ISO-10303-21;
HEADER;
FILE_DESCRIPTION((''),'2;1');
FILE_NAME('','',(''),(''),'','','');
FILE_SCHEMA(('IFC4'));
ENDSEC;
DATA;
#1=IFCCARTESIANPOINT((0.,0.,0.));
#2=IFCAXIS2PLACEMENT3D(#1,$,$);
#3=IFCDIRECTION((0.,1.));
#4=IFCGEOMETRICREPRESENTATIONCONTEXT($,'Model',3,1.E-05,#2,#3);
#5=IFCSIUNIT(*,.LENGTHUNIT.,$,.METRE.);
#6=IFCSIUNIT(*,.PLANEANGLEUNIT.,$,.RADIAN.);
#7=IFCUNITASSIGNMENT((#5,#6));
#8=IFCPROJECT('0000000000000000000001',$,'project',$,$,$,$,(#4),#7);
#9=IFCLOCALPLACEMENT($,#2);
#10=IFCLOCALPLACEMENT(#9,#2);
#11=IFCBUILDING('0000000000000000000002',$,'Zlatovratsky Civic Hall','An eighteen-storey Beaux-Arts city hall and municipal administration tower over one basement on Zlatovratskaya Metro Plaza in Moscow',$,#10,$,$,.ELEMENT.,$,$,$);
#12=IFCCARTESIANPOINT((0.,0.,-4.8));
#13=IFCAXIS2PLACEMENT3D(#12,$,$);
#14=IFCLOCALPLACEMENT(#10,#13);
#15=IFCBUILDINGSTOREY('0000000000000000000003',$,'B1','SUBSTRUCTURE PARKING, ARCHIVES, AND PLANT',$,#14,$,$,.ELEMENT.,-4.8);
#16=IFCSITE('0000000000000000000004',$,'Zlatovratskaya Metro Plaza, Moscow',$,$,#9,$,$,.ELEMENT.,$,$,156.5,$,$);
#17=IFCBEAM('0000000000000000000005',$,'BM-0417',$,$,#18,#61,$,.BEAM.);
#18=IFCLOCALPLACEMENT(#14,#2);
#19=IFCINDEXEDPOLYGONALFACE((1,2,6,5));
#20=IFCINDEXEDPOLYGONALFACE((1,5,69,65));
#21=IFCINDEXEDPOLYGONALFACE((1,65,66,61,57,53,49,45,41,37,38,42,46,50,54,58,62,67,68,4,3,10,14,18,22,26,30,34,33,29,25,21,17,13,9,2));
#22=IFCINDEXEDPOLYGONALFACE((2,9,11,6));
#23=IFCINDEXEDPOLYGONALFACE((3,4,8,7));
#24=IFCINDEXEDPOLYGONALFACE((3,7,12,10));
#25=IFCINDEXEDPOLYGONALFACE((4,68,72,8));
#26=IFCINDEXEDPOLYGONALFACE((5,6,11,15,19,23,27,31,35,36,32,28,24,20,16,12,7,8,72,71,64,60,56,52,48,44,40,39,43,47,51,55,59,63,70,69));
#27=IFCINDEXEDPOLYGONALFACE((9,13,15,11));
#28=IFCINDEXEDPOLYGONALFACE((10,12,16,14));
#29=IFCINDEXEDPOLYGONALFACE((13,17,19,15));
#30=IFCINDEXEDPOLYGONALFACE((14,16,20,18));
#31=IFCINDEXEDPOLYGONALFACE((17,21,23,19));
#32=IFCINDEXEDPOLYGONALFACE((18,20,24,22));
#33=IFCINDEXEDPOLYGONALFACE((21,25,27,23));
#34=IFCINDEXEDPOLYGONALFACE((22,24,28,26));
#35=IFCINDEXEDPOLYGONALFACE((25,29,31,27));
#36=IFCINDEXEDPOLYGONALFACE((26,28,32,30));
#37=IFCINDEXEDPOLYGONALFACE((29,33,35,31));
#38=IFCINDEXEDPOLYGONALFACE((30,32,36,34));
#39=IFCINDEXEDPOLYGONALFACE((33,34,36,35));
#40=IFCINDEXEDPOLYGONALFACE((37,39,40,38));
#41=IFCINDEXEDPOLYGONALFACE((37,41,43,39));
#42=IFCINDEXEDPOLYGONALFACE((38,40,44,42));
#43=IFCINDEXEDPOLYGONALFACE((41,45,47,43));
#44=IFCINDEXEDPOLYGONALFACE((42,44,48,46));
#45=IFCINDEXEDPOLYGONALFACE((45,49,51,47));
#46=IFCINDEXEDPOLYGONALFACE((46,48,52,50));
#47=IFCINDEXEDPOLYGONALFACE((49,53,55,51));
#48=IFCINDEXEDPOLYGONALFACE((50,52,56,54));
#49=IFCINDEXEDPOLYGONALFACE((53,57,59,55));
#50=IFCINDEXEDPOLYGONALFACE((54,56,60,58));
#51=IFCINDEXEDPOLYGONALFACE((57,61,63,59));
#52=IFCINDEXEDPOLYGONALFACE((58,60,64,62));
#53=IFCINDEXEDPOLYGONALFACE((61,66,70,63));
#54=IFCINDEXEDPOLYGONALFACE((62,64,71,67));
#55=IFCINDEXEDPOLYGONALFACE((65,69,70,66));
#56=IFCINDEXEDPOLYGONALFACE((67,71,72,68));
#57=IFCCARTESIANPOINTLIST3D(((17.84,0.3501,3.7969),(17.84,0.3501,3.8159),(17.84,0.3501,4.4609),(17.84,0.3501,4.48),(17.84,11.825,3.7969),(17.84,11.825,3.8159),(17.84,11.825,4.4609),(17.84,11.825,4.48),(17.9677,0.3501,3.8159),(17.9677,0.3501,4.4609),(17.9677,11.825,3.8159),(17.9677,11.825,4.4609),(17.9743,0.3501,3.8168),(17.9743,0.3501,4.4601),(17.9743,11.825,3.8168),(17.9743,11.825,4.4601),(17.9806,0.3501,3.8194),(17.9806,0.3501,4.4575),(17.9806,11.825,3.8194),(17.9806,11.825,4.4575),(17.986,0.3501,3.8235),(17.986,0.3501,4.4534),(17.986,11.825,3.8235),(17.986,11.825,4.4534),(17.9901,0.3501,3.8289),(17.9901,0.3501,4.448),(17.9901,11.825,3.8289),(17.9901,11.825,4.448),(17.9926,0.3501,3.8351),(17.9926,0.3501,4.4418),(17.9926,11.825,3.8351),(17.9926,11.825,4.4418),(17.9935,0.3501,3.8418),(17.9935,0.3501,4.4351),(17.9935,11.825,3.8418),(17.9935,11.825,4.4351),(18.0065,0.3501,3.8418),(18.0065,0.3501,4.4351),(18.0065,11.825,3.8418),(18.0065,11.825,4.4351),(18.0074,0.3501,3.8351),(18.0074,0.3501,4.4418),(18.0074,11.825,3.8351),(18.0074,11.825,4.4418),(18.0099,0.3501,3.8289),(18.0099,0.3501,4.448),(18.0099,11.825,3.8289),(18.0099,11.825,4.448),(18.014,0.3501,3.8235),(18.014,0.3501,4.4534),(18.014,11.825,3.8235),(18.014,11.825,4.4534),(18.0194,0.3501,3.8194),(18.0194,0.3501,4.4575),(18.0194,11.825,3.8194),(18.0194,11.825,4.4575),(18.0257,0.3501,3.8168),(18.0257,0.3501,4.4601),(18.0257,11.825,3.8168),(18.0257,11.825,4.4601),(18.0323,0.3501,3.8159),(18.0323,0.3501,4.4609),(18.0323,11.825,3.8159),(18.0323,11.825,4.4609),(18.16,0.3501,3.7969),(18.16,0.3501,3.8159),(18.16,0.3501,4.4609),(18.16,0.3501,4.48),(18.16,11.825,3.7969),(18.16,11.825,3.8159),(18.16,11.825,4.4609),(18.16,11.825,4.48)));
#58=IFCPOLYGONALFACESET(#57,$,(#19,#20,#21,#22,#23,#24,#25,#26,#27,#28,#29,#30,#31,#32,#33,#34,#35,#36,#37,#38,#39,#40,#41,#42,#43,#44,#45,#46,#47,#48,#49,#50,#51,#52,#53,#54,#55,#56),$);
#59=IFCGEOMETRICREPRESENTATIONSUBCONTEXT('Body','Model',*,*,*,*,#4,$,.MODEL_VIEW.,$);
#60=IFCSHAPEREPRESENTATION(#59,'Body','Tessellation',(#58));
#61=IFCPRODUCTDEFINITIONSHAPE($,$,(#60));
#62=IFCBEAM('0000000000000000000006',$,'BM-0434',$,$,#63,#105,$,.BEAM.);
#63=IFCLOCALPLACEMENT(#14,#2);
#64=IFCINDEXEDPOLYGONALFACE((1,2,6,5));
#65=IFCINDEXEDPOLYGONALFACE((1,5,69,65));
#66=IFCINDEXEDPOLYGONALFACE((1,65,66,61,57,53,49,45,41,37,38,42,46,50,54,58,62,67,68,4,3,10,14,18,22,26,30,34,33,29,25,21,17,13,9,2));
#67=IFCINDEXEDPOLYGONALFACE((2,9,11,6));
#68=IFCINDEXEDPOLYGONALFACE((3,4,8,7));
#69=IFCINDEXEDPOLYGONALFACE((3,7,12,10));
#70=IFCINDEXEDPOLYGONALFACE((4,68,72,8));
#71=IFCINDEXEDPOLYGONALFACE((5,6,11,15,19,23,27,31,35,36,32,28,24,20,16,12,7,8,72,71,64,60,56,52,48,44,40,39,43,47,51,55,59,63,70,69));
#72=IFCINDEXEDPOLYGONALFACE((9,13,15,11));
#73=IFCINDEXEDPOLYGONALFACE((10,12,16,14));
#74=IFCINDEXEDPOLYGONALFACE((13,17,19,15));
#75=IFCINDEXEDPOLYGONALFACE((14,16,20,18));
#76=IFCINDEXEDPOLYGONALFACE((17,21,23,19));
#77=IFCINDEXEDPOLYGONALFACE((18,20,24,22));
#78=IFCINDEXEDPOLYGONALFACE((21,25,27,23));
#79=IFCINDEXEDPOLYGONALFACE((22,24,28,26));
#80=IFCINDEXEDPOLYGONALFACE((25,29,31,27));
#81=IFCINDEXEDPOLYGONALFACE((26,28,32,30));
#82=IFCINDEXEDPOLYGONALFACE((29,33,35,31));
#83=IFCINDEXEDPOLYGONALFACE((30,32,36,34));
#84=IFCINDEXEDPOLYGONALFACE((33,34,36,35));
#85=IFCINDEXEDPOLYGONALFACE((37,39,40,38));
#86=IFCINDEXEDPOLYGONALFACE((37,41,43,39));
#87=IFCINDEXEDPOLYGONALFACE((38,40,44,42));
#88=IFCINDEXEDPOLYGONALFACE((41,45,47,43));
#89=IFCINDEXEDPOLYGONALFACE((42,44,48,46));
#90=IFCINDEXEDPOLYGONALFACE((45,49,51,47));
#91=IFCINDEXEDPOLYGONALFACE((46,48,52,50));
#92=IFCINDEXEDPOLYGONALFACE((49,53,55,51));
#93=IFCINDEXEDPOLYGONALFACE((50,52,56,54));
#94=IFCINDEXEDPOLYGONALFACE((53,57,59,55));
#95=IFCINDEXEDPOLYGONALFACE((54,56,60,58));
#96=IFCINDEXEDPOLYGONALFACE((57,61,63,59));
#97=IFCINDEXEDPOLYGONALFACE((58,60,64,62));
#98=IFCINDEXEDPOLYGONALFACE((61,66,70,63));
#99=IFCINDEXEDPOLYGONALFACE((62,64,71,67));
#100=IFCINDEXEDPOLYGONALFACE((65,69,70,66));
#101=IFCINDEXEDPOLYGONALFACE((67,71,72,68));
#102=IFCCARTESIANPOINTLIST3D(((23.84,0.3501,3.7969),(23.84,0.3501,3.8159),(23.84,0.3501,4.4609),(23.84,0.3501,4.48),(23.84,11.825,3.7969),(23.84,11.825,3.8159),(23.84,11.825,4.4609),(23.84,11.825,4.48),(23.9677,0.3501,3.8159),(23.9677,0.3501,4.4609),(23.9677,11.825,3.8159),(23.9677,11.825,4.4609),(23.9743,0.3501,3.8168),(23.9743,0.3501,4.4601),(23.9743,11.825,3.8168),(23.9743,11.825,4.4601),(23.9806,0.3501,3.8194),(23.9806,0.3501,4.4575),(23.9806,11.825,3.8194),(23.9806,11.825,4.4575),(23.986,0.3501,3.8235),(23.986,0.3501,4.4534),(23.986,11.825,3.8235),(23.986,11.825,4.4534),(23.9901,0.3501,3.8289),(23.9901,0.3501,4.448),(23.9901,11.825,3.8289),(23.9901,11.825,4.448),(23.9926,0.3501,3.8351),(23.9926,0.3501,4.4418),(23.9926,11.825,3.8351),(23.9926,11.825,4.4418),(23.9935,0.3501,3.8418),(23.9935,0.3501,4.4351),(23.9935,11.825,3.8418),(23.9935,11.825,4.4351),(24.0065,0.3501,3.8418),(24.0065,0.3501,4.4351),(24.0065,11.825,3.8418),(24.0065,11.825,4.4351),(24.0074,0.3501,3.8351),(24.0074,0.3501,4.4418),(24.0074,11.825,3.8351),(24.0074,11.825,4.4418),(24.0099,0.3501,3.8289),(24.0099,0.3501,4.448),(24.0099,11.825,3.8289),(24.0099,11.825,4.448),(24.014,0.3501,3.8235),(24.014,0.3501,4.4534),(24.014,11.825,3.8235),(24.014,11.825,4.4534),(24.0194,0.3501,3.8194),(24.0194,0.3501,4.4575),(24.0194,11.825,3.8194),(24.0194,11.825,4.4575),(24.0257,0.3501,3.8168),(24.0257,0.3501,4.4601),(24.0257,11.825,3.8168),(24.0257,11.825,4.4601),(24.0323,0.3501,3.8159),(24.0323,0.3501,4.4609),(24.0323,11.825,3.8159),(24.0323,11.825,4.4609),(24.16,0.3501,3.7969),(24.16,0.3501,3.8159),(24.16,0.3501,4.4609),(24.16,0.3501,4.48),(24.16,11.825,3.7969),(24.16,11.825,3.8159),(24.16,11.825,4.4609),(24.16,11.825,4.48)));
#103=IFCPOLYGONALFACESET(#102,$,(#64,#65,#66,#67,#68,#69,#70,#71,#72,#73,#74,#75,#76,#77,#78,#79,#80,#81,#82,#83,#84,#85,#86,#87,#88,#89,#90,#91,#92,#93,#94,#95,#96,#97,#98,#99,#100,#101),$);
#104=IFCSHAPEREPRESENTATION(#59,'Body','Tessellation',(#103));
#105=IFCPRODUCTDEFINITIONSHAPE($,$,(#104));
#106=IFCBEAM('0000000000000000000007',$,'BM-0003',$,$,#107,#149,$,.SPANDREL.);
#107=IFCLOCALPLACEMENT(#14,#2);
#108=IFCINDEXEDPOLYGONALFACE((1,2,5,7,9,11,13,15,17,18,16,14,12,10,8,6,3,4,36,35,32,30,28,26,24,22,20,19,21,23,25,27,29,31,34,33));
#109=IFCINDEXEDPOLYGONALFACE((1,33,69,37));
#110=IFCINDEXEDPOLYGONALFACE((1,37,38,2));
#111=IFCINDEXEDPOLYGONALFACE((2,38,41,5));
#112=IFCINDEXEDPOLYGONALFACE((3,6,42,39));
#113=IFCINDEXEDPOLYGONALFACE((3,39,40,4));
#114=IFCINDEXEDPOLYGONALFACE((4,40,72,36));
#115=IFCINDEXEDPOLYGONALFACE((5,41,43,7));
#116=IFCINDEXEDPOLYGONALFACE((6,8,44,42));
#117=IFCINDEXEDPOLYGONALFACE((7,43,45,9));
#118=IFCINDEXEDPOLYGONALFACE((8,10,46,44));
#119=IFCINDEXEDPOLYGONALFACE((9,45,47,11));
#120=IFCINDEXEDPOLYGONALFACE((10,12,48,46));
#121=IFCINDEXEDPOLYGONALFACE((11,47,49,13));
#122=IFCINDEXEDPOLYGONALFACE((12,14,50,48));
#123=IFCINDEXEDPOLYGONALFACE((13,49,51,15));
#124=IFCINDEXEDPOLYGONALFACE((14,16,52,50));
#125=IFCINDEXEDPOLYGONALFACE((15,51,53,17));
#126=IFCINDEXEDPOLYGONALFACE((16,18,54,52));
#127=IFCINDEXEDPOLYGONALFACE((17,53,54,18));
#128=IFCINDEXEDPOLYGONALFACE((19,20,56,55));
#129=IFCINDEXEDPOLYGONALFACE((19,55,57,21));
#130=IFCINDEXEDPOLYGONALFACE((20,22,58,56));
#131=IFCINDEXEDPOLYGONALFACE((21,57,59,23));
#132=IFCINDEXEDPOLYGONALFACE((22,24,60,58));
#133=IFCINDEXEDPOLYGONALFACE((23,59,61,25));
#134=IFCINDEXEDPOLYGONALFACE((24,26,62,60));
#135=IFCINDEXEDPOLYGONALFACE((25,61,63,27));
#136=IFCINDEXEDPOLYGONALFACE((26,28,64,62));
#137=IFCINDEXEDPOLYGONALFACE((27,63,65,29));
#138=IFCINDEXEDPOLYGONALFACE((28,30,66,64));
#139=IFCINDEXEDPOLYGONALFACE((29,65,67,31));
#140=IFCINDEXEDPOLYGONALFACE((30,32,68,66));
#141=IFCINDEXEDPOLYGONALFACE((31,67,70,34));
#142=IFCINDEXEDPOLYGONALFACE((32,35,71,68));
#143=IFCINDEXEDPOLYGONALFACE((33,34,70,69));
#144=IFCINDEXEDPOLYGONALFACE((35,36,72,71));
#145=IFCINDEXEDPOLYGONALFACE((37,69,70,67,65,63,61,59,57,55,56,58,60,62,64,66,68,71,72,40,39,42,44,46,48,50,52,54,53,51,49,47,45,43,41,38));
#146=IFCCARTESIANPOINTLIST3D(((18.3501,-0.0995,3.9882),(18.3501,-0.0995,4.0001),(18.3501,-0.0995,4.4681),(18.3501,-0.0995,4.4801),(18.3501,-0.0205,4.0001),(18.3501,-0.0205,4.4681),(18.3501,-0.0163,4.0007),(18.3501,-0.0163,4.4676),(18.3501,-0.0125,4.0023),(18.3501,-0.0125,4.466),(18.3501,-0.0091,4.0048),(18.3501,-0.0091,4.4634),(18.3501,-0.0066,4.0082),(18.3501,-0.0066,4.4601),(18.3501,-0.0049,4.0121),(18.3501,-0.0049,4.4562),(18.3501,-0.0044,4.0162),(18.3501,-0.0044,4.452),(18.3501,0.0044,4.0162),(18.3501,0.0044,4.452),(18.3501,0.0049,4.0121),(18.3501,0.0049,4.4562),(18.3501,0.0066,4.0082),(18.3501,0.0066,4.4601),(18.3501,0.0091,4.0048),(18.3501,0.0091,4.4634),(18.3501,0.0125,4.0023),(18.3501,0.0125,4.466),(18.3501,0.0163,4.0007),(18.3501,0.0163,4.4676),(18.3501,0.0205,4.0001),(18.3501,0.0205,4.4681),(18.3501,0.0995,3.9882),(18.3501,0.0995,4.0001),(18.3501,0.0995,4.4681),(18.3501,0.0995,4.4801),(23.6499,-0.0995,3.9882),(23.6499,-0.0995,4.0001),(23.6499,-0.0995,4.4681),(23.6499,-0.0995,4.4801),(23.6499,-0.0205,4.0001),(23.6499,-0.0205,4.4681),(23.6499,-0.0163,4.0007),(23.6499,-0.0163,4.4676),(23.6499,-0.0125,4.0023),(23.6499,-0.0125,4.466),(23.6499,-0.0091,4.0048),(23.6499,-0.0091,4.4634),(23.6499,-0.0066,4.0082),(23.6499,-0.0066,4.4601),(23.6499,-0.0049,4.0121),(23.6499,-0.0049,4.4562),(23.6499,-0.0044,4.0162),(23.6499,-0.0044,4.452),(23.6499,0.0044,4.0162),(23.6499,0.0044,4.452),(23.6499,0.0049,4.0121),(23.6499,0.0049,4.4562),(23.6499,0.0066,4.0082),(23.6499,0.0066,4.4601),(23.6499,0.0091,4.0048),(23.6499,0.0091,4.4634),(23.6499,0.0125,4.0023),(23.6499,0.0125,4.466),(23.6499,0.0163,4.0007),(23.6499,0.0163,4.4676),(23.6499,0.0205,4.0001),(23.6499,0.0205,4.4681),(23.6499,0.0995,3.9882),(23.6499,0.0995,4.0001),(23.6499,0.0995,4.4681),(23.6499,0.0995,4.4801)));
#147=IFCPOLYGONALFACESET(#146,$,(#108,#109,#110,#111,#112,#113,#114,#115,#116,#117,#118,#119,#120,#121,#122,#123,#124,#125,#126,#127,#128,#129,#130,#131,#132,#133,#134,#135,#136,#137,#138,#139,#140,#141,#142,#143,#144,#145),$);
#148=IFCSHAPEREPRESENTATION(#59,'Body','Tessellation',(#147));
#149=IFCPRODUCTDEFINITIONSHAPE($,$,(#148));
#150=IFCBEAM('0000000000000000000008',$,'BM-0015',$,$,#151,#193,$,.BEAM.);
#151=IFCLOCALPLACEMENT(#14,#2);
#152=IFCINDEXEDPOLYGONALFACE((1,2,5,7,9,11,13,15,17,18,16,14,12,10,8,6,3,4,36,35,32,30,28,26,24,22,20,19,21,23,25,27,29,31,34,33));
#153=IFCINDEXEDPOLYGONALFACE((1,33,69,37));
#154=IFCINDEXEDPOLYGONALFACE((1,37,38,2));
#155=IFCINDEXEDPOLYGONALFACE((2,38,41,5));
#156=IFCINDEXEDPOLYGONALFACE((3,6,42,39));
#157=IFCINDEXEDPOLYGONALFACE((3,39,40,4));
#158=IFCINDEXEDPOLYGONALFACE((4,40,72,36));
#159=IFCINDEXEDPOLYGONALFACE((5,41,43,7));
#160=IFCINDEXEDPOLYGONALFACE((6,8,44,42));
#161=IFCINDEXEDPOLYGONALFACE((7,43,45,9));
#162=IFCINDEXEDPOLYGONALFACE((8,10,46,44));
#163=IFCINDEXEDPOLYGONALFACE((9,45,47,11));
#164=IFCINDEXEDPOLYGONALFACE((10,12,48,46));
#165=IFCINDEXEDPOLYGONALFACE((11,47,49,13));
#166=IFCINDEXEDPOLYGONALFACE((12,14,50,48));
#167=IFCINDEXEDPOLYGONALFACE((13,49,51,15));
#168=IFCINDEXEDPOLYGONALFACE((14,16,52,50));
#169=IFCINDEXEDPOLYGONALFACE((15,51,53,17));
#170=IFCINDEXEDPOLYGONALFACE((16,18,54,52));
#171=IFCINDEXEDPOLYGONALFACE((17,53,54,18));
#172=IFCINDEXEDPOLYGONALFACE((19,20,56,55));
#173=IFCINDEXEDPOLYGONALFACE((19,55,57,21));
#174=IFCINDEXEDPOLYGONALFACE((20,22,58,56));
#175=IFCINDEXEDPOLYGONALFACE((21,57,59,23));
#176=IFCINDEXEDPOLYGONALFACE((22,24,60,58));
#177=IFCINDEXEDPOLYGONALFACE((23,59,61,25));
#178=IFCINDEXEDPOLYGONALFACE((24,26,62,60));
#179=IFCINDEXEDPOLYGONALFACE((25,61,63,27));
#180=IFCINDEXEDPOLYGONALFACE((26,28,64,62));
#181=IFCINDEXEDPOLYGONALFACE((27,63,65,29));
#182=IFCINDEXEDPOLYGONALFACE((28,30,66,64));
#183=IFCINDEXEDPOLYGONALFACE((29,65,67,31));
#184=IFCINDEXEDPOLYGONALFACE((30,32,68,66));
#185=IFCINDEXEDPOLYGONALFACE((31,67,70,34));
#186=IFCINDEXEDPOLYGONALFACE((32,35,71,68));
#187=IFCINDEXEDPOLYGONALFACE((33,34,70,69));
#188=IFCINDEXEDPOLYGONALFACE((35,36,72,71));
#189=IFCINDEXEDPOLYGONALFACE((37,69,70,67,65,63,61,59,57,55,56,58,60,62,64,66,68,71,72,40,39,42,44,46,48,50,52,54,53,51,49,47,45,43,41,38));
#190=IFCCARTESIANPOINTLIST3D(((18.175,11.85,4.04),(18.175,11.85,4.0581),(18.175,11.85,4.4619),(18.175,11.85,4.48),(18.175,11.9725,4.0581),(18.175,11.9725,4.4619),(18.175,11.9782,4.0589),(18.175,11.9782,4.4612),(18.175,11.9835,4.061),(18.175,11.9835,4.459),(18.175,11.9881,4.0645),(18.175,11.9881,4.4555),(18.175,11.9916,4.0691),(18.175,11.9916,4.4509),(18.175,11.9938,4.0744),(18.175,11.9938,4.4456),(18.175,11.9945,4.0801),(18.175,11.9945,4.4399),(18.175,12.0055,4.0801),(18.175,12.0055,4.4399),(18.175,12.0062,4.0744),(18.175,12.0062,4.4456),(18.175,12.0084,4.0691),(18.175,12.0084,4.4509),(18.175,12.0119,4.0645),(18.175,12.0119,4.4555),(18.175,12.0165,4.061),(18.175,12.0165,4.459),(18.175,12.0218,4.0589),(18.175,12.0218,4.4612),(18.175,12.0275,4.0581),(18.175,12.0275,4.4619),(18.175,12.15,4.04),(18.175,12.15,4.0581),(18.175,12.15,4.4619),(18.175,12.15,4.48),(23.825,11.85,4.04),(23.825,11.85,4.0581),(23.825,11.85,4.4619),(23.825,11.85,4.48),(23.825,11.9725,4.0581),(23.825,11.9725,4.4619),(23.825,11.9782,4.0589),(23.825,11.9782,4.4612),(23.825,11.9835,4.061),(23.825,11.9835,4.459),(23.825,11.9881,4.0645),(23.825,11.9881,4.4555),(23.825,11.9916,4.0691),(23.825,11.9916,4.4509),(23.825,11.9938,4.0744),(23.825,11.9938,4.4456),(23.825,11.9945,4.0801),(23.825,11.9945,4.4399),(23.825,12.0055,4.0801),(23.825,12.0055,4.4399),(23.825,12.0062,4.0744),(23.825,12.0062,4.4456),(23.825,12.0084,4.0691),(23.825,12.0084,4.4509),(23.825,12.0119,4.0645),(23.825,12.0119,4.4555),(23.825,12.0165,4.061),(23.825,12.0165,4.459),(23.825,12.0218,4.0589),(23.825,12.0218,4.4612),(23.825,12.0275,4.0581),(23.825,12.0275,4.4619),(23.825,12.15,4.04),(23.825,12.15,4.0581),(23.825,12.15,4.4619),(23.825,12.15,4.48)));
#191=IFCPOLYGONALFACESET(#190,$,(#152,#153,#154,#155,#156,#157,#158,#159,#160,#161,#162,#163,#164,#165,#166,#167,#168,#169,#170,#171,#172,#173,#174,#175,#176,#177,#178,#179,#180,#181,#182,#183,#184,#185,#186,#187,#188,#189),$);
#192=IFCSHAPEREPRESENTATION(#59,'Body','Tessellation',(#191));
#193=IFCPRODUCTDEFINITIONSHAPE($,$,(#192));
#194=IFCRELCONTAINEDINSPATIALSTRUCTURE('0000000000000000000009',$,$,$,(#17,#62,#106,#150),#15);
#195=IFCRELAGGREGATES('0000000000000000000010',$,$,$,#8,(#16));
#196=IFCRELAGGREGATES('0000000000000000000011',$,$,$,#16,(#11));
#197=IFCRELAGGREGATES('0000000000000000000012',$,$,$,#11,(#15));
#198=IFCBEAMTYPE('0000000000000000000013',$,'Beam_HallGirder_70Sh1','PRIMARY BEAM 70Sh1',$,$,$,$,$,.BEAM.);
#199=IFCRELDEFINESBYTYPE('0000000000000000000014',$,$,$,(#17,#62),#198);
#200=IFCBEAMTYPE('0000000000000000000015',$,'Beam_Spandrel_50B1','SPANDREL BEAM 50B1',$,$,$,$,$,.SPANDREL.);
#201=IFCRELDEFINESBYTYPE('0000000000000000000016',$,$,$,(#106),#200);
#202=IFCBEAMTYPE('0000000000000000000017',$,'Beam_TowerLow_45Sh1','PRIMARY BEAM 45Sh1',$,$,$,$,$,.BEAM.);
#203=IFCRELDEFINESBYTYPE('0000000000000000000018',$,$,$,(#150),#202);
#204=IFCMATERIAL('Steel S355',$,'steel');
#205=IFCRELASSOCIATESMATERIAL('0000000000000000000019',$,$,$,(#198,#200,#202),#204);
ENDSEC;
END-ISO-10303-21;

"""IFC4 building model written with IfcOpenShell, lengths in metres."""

from ifc_helpers import new_model, si_unit, direction, frame, origin, origin_2d, place, context, subcontext, project, spatial, i_section, extrude, material, material_profile, profile_set, type_object, element, save


model = new_model("IFC4")

# Units and contexts
model_context = context("Model", 3, precision=1e-05, world=origin(), true_north=direction((0.0, 1.0)))
body_context = subcontext(model_context, "Body", "Model", "MODEL_VIEW")
ifc_project = project(units=[si_unit("LENGTHUNIT", "METRE"), si_unit("PLANEANGLEUNIT", "RADIAN")], contexts=[model_context])

# Site, building, storey
site_placement = place(None, origin())
site = spatial("IfcSite", under=ifc_project, at=site_placement, Name="Zlatovratskaya Metro Plaza, Moscow", CompositionType="ELEMENT", RefElevation=156.5)
building_placement = place(site_placement, origin())
building = spatial("IfcBuilding", under=site, at=building_placement, Name="Zlatovratsky Civic Hall", Description="An eighteen-storey Beaux-Arts city hall and municipal administration tower over one basement on Zlatovratskaya Metro Plaza in Moscow", CompositionType="ELEMENT")
storey_placement = place(building_placement, frame((0.0, 0.0, -4.8)))
storey = spatial("IfcBuildingStorey", under=building, at=storey_placement, Name="B1", Description="SUBSTRUCTURE PARKING, ARCHIVES, AND PLANT", CompositionType="ELEMENT", Elevation=-4.8)

# Shared definitions
ifc_material_1 = material(Name="Steel S355", Category="steel")

# Beams
ifc_material_profile_1 = material_profile(ifc_material_1, i_section(OverallWidth=0.3201, OverallDepth=0.6831, WebThickness=0.0129, FlangeThickness=0.019, FilletRadius=0.0259, at=origin_2d()), Name="70Sh1")
ifc_profile_set_1 = profile_set([ifc_material_profile_1], Name="Steel S355")
beam_type_1 = type_object("IfcBeamType", Name="Beam_HallGirder_70Sh1", Description="PRIMARY BEAM 70Sh1", PredefinedType="BEAM", material=ifc_profile_set_1)
for number, where, z_axis, x_axis, name in (
    (1, (18.0, 0.3501, 4.1384), (0.0, 1.0, 0.0), (-1.0, 0.0, 0.0), "BM-0417"),
    (2, (24.0, 0.3501, 4.1384), (0.0, 1.0, 0.0), (-1.0, 0.0, 0.0), "BM-0434"),
):
    element("IfcBeam", number, at=place(storey_placement, frame(where, z_axis=z_axis, x_axis=x_axis)), inside=storey, type_object=beam_type_1, Name=name, PredefinedType="BEAM", context=body_context, shape_type="SweptSolid", body=[
        extrude(i_section(OverallWidth=0.3201, OverallDepth=0.6831, WebThickness=0.0129, FlangeThickness=0.019, FilletRadius=0.0259, at=origin_2d()), origin(), (0.0, 0.0, 1.0), 11.4749),
    ])
ifc_material_profile_2 = material_profile(ifc_material_1, i_section(OverallWidth=0.199, OverallDepth=0.4919, WebThickness=0.0088, FlangeThickness=0.012, FilletRadius=0.0161, at=origin_2d()), Name="50B1")
ifc_profile_set_2 = profile_set([ifc_material_profile_2], Name="Steel S355")
beam_type_2 = type_object("IfcBeamType", Name="Beam_Spandrel_50B1", Description="SPANDREL BEAM 50B1", PredefinedType="SPANDREL", material=ifc_profile_set_2)
beam_1_placement = place(storey_placement, frame((18.3501, 0.0, 4.2341), z_axis=(1.0, 0.0, 0.0), x_axis=(0.0, 1.0, 0.0)))
element("IfcBeam", 3, at=beam_1_placement, inside=storey, type_object=beam_type_2, Name="BM-0003", PredefinedType="SPANDREL", context=body_context, shape_type="SweptSolid", body=[
    extrude(i_section(OverallWidth=0.199, OverallDepth=0.4919, WebThickness=0.0088, FlangeThickness=0.012, FilletRadius=0.0161, at=origin_2d()), origin(), (0.0, 0.0, 1.0), 5.2998),
])
ifc_material_profile_3 = material_profile(ifc_material_1, i_section(OverallWidth=0.3, OverallDepth=0.4399, WebThickness=0.011, FlangeThickness=0.0181, FilletRadius=0.022, at=origin_2d()), Name="45Sh1")
ifc_profile_set_3 = profile_set([ifc_material_profile_3], Name="Steel S355")
beam_type_3 = type_object("IfcBeamType", Name="Beam_TowerLow_45Sh1", Description="PRIMARY BEAM 45Sh1", PredefinedType="BEAM", material=ifc_profile_set_3)
beam_2_placement = place(storey_placement, frame((18.175, 12.0, 4.26), z_axis=(1.0, 0.0, 0.0), x_axis=(0.0, 1.0, 0.0)))
element("IfcBeam", 4, at=beam_2_placement, inside=storey, type_object=beam_type_3, Name="BM-0015", PredefinedType="BEAM", context=body_context, shape_type="SweptSolid", body=[
    extrude(i_section(OverallWidth=0.3, OverallDepth=0.4399, WebThickness=0.011, FlangeThickness=0.0181, FilletRadius=0.022, at=origin_2d()), origin(), (0.0, 0.0, 1.0), 5.6499),
])

save(model, "model.ifc")
